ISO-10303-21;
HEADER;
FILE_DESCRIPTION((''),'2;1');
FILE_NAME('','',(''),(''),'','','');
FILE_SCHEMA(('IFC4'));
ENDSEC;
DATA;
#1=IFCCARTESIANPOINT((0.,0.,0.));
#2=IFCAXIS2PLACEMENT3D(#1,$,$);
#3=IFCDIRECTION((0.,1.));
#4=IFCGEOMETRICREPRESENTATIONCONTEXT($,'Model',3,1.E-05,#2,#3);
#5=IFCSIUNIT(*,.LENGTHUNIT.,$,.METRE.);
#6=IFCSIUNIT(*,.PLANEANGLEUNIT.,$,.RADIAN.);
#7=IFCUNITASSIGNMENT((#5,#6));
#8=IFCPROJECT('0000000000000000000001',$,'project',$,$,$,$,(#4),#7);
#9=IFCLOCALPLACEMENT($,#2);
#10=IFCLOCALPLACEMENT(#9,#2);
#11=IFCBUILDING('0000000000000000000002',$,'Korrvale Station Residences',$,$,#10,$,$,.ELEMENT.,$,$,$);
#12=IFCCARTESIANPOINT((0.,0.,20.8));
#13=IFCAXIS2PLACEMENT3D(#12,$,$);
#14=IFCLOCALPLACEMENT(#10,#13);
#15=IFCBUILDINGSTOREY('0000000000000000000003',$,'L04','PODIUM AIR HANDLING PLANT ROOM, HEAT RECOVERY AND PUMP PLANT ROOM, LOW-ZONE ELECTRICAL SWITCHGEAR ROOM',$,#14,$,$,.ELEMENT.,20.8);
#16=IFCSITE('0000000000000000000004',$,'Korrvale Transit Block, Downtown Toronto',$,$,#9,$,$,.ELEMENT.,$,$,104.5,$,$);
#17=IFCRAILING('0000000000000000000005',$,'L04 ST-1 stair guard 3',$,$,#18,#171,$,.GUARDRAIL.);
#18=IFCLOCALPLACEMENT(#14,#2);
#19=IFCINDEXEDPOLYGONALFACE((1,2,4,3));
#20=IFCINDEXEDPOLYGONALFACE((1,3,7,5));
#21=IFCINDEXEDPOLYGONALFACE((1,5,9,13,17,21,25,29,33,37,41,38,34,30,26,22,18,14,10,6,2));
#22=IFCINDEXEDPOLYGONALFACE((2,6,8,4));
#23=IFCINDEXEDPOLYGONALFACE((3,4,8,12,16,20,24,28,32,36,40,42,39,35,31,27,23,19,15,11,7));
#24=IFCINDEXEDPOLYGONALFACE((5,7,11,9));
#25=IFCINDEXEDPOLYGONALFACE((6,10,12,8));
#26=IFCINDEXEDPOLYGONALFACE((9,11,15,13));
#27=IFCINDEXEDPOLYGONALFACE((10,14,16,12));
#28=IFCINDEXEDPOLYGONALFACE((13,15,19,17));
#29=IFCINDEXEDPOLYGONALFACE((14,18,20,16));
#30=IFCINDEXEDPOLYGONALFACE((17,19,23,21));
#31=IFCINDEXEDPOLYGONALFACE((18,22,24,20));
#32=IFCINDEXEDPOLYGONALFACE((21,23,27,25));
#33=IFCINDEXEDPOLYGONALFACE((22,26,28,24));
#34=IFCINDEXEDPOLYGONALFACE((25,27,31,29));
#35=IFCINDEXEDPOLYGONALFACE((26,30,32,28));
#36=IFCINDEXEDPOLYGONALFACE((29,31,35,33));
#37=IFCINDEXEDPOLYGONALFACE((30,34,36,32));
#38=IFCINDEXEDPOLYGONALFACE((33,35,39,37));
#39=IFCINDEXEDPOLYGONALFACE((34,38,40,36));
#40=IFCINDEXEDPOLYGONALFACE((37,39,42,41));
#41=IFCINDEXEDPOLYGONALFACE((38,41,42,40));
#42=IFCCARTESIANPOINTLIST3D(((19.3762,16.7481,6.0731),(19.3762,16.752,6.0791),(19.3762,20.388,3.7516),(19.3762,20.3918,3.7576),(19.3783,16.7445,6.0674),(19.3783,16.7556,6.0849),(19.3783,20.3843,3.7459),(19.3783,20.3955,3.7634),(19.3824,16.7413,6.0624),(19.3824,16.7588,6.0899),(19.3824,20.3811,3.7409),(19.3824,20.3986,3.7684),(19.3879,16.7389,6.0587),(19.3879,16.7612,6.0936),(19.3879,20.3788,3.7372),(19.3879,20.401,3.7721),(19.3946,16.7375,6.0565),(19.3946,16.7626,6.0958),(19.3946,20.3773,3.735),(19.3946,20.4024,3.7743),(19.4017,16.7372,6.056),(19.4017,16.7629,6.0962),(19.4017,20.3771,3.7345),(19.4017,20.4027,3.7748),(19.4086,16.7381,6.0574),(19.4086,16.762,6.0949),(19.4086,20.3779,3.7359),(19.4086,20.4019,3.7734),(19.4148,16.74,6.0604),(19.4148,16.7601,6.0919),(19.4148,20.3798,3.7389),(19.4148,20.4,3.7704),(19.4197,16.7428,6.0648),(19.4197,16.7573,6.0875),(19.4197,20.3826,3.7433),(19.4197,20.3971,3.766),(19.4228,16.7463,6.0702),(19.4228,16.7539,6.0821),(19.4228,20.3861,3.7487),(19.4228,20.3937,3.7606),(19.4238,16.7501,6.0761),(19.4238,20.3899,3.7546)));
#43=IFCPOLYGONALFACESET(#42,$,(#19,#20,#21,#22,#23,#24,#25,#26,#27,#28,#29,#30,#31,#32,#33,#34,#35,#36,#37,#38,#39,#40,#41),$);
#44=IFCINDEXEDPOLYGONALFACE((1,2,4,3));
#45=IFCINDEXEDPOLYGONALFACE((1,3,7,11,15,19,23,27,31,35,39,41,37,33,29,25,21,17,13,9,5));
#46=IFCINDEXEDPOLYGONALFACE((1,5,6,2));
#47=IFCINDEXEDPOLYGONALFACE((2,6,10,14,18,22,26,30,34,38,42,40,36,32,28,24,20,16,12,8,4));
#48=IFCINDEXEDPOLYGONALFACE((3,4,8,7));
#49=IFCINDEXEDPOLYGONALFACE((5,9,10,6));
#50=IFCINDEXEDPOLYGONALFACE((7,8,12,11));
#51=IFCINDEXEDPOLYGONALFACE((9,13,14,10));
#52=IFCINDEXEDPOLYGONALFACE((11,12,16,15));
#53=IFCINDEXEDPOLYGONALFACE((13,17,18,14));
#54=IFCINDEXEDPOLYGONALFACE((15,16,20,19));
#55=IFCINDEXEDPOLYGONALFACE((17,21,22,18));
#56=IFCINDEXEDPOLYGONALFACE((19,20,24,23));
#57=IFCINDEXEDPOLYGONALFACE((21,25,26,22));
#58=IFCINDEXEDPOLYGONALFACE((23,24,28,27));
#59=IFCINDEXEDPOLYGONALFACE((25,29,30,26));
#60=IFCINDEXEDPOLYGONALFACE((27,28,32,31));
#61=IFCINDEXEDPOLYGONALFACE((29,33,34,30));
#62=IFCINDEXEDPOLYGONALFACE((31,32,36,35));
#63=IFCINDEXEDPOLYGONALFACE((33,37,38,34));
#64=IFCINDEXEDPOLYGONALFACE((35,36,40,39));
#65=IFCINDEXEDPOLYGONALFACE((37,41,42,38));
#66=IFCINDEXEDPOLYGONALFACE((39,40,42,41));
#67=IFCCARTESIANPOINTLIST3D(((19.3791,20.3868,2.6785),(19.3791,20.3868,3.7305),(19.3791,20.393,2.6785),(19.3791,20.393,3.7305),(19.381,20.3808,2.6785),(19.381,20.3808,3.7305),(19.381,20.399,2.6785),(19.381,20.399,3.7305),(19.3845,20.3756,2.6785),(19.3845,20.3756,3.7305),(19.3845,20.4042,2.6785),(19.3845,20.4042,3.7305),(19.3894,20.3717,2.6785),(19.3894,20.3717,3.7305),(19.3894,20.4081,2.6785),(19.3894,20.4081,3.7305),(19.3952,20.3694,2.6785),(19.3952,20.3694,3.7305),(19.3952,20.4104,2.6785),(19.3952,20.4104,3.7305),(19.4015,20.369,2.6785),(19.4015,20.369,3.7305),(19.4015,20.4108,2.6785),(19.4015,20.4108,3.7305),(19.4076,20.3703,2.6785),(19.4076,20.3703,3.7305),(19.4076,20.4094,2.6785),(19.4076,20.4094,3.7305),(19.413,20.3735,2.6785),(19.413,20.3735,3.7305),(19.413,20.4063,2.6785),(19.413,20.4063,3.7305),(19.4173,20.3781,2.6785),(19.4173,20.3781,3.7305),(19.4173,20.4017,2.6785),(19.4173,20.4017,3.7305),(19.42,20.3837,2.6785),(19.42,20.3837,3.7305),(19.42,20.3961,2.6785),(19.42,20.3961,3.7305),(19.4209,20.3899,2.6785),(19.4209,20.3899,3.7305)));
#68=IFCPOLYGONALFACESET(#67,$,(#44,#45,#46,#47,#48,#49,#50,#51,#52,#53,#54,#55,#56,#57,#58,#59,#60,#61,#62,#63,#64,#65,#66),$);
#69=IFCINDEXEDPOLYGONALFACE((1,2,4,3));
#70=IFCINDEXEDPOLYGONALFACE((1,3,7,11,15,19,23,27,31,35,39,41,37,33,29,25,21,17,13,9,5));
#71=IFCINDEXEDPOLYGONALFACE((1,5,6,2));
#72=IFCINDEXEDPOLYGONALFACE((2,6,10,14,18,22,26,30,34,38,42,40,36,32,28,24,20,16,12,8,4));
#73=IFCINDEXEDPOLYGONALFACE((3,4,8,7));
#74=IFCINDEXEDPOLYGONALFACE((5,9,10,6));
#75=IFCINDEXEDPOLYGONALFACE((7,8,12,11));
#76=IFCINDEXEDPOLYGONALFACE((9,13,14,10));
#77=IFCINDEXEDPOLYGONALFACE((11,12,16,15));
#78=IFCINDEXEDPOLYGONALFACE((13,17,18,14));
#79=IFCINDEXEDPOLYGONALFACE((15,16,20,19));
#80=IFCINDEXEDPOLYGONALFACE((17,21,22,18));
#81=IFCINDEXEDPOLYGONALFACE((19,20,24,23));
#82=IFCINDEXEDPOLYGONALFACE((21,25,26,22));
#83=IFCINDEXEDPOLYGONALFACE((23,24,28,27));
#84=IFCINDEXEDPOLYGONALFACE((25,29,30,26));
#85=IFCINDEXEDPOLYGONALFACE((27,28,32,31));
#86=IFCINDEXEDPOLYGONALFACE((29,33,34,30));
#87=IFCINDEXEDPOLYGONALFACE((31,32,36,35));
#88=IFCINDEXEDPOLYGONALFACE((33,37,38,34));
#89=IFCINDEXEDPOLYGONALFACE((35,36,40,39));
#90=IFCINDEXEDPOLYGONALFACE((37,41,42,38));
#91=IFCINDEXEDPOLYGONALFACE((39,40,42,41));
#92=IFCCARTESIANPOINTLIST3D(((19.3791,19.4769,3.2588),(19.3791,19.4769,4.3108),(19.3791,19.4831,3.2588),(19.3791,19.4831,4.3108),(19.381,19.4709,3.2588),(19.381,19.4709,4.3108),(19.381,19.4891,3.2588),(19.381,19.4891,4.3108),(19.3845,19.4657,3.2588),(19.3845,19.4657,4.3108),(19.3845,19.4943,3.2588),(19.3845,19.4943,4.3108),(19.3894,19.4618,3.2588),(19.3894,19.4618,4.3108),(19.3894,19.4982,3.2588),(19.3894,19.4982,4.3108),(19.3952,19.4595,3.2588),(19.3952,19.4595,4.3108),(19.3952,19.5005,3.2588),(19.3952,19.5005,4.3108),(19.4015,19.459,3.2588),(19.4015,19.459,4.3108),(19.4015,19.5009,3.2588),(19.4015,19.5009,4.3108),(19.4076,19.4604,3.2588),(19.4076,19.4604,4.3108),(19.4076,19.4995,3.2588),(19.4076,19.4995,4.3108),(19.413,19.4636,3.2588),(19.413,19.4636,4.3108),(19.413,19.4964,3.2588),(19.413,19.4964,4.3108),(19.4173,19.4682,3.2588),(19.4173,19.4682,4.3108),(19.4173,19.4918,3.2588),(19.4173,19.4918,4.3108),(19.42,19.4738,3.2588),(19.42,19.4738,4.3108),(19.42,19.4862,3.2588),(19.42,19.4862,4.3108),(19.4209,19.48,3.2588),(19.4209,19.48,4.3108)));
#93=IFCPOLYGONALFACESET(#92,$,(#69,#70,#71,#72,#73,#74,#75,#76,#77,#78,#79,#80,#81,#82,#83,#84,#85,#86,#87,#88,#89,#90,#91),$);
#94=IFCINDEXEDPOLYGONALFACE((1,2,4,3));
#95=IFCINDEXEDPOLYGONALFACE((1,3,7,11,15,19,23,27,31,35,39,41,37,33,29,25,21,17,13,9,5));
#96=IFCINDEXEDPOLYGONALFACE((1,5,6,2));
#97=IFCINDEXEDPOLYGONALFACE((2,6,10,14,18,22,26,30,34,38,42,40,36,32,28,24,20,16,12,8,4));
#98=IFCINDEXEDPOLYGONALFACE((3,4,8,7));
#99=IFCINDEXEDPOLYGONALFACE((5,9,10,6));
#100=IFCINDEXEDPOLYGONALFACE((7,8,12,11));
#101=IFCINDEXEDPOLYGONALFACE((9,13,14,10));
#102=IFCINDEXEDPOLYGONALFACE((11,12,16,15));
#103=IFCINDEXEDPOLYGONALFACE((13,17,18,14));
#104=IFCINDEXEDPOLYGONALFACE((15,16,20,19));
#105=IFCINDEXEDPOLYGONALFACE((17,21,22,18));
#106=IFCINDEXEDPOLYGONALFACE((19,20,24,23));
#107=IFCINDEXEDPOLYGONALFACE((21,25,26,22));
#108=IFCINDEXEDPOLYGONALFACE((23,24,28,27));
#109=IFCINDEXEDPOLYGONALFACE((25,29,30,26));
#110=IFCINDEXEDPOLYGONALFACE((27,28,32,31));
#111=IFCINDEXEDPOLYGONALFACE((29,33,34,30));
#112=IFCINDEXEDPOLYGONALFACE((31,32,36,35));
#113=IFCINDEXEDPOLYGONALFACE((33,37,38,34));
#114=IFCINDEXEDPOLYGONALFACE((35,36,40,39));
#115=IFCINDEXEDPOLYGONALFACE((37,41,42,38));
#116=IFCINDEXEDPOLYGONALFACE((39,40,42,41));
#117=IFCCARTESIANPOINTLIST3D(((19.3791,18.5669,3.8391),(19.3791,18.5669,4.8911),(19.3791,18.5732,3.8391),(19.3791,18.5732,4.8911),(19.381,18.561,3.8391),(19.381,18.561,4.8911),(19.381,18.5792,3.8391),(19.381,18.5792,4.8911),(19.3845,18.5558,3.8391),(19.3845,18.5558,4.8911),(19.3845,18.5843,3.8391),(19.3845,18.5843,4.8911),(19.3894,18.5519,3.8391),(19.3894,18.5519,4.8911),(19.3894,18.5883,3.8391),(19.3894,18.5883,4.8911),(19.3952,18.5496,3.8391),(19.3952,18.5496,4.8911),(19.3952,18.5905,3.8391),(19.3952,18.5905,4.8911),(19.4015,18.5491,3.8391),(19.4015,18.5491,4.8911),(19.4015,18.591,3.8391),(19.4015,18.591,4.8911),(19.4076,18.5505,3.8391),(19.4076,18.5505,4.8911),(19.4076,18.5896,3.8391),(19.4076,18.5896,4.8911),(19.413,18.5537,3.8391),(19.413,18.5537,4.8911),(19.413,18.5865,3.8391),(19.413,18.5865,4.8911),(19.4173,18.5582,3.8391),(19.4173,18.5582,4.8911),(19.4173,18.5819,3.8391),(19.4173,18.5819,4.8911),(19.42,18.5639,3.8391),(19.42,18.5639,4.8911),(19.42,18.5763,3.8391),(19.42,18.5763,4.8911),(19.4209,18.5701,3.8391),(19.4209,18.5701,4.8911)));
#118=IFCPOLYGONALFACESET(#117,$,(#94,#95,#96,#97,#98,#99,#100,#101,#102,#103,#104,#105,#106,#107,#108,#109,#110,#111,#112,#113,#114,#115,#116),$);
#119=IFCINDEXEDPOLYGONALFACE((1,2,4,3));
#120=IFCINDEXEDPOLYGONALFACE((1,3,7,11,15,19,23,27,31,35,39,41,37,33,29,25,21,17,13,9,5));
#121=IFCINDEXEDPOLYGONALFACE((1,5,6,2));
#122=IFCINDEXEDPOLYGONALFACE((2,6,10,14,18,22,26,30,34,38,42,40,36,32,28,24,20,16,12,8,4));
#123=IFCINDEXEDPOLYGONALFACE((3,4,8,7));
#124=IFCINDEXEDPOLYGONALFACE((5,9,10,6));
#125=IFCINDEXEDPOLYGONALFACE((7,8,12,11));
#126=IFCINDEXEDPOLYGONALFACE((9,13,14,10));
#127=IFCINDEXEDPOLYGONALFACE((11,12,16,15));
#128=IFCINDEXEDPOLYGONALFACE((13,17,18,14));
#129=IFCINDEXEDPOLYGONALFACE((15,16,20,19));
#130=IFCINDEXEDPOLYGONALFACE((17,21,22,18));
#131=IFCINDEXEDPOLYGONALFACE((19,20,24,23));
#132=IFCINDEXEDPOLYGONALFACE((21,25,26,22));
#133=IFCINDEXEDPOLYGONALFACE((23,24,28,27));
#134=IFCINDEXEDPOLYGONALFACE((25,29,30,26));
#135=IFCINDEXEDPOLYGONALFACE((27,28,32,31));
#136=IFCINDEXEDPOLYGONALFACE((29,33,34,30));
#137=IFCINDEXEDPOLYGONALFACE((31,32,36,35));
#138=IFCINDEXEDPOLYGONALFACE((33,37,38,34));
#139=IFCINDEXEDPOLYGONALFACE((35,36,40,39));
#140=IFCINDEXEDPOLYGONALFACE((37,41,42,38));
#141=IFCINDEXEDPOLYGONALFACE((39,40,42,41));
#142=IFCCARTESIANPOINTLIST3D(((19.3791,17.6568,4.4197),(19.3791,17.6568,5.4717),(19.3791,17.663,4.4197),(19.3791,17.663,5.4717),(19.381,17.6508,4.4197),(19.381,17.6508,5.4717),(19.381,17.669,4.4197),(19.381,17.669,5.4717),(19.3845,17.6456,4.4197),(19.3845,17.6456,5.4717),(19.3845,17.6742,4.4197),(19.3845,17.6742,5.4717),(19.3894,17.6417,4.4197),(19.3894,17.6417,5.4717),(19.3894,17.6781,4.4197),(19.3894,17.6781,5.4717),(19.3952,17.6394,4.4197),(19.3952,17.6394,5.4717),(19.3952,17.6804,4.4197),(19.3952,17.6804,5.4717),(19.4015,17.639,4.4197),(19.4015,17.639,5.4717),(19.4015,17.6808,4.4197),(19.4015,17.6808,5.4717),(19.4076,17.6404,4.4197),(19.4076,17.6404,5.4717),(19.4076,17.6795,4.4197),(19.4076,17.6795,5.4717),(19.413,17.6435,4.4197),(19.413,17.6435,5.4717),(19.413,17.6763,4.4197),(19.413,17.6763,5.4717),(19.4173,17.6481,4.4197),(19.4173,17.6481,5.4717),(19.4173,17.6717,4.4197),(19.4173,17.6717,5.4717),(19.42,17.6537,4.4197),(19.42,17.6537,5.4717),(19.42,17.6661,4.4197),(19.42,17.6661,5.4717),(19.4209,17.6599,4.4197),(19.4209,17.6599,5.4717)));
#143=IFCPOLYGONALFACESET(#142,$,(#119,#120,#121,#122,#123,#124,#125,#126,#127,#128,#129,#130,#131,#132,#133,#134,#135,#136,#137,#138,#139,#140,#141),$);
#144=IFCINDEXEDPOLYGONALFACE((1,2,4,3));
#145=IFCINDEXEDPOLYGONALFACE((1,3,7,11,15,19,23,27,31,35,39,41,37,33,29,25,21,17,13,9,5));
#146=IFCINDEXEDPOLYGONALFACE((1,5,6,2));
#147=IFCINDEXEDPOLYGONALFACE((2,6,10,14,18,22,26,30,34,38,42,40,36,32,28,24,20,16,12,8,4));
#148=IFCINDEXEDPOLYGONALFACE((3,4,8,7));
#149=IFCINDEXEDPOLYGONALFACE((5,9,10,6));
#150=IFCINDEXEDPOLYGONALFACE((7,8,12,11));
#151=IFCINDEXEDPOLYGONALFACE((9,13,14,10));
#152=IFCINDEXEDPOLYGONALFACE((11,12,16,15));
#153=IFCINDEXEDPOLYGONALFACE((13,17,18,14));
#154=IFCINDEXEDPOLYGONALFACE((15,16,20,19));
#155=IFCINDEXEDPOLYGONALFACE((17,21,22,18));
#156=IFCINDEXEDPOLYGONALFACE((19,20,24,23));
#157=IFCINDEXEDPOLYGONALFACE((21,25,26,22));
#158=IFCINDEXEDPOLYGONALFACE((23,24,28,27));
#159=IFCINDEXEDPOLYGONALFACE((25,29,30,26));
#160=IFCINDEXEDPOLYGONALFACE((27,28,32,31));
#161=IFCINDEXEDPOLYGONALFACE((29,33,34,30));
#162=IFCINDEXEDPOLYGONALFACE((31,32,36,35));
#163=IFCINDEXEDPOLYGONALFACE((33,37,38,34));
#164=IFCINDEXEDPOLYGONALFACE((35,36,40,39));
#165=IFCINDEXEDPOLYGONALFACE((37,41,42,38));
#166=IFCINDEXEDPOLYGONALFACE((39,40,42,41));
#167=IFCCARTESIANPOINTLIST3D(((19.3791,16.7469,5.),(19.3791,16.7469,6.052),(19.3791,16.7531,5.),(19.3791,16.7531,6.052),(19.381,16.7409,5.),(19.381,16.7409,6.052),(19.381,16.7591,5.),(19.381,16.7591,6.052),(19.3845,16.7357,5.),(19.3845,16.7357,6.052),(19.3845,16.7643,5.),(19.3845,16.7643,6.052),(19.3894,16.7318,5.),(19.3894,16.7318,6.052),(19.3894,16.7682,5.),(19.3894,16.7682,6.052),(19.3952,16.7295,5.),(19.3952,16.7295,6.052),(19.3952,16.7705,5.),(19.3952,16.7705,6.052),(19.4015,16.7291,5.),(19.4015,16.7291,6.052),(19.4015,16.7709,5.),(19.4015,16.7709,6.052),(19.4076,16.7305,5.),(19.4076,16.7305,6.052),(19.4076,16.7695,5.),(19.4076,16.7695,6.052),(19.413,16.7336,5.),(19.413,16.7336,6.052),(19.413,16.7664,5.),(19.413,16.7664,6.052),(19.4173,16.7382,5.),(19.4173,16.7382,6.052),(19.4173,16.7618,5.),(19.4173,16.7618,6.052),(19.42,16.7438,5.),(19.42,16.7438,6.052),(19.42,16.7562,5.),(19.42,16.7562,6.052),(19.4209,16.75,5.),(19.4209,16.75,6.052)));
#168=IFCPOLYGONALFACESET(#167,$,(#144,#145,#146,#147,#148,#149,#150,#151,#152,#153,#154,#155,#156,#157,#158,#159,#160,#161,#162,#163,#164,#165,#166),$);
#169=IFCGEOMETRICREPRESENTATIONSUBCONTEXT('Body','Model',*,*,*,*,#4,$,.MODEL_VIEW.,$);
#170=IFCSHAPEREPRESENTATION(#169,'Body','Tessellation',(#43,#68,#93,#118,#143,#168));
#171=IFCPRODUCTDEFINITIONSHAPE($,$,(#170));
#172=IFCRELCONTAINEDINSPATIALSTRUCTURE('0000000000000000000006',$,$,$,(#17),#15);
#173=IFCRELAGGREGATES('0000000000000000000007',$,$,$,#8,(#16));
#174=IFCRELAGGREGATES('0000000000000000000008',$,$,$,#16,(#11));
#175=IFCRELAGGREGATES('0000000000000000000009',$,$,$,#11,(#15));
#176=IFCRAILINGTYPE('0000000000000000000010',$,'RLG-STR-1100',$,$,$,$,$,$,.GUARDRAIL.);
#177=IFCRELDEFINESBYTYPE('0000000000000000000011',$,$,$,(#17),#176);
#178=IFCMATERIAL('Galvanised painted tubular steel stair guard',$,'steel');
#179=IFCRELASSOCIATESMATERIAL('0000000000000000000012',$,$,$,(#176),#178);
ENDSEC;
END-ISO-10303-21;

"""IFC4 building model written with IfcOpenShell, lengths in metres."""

from ifc_helpers import new_model, si_unit, direction, frame, origin, origin_2d, place, context, subcontext, project, spatial, circle, extrude, material, type_object, element, save


model = new_model("IFC4")

# Units and contexts
model_context = context("Model", 3, precision=1e-05, world=origin(), true_north=direction((0.0, 1.0)))
body_context = subcontext(model_context, "Body", "Model", "MODEL_VIEW")
ifc_project = project(units=[si_unit("LENGTHUNIT", "METRE"), si_unit("PLANEANGLEUNIT", "RADIAN")], contexts=[model_context])

# Site, building, storey
site_placement = place(None, origin())
site = spatial("IfcSite", under=ifc_project, at=site_placement, Name="Korrvale Transit Block, Downtown Toronto", CompositionType="ELEMENT", RefElevation=104.5)
building_placement = place(site_placement, origin())
building = spatial("IfcBuilding", under=site, at=building_placement, Name="Korrvale Station Residences", CompositionType="ELEMENT")
storey_placement = place(building_placement, frame((0.0, 0.0, 20.8)))
storey = spatial("IfcBuildingStorey", under=building, at=storey_placement, Name="L04", Description="PODIUM AIR HANDLING PLANT ROOM, HEAT RECOVERY AND PUMP PLANT ROOM, LOW-ZONE ELECTRICAL SWITCHGEAR ROOM", CompositionType="ELEMENT", Elevation=20.8)

# Railing
ifc_material_1 = material(Name="Galvanised painted tubular steel stair guard", Category="steel")
railing_type = type_object("IfcRailingType", Name="RLG-STR-1100", PredefinedType="GUARDRAIL", material=ifc_material_1)
railing_1_placement = place(storey_placement, frame((19.3999, 20.3899, 2.6785)))
element("IfcRailing", 1, at=railing_1_placement, inside=storey, type_object=railing_type, Name="L04 ST-1 stair guard 3", PredefinedType="GUARDRAIL", context=body_context, shape_type="SweptSolid", body=[
    extrude(circle(Radius=0.0239, at=origin_2d()), frame((0.0, 0.0, 1.0762), z_axis=(0.0, -0.843112, 0.537739), x_axis=(1.0, 0.0, 0.0)), (0.0, 0.0, 1.0), 4.3171),
    extrude(circle(Radius=0.021, at=origin_2d()), origin(), (0.0, 0.0, 1.0), 1.052),
    extrude(circle(Radius=0.021, at=origin_2d()), frame((0.0, -0.9099, 0.5803)), (0.0, 0.0, 1.0), 1.052),
    extrude(circle(Radius=0.021, at=origin_2d()), frame((0.0, -1.8198, 1.1606)), (0.0, 0.0, 1.0), 1.052),
    extrude(circle(Radius=0.021, at=origin_2d()), frame((0.0, -2.73, 1.7412)), (0.0, 0.0, 1.0), 1.052),
    extrude(circle(Radius=0.021, at=origin_2d()), frame((0.0, -3.6399, 2.3215)), (0.0, 0.0, 1.0), 1.052),
])

save(model, "model.ifc")
